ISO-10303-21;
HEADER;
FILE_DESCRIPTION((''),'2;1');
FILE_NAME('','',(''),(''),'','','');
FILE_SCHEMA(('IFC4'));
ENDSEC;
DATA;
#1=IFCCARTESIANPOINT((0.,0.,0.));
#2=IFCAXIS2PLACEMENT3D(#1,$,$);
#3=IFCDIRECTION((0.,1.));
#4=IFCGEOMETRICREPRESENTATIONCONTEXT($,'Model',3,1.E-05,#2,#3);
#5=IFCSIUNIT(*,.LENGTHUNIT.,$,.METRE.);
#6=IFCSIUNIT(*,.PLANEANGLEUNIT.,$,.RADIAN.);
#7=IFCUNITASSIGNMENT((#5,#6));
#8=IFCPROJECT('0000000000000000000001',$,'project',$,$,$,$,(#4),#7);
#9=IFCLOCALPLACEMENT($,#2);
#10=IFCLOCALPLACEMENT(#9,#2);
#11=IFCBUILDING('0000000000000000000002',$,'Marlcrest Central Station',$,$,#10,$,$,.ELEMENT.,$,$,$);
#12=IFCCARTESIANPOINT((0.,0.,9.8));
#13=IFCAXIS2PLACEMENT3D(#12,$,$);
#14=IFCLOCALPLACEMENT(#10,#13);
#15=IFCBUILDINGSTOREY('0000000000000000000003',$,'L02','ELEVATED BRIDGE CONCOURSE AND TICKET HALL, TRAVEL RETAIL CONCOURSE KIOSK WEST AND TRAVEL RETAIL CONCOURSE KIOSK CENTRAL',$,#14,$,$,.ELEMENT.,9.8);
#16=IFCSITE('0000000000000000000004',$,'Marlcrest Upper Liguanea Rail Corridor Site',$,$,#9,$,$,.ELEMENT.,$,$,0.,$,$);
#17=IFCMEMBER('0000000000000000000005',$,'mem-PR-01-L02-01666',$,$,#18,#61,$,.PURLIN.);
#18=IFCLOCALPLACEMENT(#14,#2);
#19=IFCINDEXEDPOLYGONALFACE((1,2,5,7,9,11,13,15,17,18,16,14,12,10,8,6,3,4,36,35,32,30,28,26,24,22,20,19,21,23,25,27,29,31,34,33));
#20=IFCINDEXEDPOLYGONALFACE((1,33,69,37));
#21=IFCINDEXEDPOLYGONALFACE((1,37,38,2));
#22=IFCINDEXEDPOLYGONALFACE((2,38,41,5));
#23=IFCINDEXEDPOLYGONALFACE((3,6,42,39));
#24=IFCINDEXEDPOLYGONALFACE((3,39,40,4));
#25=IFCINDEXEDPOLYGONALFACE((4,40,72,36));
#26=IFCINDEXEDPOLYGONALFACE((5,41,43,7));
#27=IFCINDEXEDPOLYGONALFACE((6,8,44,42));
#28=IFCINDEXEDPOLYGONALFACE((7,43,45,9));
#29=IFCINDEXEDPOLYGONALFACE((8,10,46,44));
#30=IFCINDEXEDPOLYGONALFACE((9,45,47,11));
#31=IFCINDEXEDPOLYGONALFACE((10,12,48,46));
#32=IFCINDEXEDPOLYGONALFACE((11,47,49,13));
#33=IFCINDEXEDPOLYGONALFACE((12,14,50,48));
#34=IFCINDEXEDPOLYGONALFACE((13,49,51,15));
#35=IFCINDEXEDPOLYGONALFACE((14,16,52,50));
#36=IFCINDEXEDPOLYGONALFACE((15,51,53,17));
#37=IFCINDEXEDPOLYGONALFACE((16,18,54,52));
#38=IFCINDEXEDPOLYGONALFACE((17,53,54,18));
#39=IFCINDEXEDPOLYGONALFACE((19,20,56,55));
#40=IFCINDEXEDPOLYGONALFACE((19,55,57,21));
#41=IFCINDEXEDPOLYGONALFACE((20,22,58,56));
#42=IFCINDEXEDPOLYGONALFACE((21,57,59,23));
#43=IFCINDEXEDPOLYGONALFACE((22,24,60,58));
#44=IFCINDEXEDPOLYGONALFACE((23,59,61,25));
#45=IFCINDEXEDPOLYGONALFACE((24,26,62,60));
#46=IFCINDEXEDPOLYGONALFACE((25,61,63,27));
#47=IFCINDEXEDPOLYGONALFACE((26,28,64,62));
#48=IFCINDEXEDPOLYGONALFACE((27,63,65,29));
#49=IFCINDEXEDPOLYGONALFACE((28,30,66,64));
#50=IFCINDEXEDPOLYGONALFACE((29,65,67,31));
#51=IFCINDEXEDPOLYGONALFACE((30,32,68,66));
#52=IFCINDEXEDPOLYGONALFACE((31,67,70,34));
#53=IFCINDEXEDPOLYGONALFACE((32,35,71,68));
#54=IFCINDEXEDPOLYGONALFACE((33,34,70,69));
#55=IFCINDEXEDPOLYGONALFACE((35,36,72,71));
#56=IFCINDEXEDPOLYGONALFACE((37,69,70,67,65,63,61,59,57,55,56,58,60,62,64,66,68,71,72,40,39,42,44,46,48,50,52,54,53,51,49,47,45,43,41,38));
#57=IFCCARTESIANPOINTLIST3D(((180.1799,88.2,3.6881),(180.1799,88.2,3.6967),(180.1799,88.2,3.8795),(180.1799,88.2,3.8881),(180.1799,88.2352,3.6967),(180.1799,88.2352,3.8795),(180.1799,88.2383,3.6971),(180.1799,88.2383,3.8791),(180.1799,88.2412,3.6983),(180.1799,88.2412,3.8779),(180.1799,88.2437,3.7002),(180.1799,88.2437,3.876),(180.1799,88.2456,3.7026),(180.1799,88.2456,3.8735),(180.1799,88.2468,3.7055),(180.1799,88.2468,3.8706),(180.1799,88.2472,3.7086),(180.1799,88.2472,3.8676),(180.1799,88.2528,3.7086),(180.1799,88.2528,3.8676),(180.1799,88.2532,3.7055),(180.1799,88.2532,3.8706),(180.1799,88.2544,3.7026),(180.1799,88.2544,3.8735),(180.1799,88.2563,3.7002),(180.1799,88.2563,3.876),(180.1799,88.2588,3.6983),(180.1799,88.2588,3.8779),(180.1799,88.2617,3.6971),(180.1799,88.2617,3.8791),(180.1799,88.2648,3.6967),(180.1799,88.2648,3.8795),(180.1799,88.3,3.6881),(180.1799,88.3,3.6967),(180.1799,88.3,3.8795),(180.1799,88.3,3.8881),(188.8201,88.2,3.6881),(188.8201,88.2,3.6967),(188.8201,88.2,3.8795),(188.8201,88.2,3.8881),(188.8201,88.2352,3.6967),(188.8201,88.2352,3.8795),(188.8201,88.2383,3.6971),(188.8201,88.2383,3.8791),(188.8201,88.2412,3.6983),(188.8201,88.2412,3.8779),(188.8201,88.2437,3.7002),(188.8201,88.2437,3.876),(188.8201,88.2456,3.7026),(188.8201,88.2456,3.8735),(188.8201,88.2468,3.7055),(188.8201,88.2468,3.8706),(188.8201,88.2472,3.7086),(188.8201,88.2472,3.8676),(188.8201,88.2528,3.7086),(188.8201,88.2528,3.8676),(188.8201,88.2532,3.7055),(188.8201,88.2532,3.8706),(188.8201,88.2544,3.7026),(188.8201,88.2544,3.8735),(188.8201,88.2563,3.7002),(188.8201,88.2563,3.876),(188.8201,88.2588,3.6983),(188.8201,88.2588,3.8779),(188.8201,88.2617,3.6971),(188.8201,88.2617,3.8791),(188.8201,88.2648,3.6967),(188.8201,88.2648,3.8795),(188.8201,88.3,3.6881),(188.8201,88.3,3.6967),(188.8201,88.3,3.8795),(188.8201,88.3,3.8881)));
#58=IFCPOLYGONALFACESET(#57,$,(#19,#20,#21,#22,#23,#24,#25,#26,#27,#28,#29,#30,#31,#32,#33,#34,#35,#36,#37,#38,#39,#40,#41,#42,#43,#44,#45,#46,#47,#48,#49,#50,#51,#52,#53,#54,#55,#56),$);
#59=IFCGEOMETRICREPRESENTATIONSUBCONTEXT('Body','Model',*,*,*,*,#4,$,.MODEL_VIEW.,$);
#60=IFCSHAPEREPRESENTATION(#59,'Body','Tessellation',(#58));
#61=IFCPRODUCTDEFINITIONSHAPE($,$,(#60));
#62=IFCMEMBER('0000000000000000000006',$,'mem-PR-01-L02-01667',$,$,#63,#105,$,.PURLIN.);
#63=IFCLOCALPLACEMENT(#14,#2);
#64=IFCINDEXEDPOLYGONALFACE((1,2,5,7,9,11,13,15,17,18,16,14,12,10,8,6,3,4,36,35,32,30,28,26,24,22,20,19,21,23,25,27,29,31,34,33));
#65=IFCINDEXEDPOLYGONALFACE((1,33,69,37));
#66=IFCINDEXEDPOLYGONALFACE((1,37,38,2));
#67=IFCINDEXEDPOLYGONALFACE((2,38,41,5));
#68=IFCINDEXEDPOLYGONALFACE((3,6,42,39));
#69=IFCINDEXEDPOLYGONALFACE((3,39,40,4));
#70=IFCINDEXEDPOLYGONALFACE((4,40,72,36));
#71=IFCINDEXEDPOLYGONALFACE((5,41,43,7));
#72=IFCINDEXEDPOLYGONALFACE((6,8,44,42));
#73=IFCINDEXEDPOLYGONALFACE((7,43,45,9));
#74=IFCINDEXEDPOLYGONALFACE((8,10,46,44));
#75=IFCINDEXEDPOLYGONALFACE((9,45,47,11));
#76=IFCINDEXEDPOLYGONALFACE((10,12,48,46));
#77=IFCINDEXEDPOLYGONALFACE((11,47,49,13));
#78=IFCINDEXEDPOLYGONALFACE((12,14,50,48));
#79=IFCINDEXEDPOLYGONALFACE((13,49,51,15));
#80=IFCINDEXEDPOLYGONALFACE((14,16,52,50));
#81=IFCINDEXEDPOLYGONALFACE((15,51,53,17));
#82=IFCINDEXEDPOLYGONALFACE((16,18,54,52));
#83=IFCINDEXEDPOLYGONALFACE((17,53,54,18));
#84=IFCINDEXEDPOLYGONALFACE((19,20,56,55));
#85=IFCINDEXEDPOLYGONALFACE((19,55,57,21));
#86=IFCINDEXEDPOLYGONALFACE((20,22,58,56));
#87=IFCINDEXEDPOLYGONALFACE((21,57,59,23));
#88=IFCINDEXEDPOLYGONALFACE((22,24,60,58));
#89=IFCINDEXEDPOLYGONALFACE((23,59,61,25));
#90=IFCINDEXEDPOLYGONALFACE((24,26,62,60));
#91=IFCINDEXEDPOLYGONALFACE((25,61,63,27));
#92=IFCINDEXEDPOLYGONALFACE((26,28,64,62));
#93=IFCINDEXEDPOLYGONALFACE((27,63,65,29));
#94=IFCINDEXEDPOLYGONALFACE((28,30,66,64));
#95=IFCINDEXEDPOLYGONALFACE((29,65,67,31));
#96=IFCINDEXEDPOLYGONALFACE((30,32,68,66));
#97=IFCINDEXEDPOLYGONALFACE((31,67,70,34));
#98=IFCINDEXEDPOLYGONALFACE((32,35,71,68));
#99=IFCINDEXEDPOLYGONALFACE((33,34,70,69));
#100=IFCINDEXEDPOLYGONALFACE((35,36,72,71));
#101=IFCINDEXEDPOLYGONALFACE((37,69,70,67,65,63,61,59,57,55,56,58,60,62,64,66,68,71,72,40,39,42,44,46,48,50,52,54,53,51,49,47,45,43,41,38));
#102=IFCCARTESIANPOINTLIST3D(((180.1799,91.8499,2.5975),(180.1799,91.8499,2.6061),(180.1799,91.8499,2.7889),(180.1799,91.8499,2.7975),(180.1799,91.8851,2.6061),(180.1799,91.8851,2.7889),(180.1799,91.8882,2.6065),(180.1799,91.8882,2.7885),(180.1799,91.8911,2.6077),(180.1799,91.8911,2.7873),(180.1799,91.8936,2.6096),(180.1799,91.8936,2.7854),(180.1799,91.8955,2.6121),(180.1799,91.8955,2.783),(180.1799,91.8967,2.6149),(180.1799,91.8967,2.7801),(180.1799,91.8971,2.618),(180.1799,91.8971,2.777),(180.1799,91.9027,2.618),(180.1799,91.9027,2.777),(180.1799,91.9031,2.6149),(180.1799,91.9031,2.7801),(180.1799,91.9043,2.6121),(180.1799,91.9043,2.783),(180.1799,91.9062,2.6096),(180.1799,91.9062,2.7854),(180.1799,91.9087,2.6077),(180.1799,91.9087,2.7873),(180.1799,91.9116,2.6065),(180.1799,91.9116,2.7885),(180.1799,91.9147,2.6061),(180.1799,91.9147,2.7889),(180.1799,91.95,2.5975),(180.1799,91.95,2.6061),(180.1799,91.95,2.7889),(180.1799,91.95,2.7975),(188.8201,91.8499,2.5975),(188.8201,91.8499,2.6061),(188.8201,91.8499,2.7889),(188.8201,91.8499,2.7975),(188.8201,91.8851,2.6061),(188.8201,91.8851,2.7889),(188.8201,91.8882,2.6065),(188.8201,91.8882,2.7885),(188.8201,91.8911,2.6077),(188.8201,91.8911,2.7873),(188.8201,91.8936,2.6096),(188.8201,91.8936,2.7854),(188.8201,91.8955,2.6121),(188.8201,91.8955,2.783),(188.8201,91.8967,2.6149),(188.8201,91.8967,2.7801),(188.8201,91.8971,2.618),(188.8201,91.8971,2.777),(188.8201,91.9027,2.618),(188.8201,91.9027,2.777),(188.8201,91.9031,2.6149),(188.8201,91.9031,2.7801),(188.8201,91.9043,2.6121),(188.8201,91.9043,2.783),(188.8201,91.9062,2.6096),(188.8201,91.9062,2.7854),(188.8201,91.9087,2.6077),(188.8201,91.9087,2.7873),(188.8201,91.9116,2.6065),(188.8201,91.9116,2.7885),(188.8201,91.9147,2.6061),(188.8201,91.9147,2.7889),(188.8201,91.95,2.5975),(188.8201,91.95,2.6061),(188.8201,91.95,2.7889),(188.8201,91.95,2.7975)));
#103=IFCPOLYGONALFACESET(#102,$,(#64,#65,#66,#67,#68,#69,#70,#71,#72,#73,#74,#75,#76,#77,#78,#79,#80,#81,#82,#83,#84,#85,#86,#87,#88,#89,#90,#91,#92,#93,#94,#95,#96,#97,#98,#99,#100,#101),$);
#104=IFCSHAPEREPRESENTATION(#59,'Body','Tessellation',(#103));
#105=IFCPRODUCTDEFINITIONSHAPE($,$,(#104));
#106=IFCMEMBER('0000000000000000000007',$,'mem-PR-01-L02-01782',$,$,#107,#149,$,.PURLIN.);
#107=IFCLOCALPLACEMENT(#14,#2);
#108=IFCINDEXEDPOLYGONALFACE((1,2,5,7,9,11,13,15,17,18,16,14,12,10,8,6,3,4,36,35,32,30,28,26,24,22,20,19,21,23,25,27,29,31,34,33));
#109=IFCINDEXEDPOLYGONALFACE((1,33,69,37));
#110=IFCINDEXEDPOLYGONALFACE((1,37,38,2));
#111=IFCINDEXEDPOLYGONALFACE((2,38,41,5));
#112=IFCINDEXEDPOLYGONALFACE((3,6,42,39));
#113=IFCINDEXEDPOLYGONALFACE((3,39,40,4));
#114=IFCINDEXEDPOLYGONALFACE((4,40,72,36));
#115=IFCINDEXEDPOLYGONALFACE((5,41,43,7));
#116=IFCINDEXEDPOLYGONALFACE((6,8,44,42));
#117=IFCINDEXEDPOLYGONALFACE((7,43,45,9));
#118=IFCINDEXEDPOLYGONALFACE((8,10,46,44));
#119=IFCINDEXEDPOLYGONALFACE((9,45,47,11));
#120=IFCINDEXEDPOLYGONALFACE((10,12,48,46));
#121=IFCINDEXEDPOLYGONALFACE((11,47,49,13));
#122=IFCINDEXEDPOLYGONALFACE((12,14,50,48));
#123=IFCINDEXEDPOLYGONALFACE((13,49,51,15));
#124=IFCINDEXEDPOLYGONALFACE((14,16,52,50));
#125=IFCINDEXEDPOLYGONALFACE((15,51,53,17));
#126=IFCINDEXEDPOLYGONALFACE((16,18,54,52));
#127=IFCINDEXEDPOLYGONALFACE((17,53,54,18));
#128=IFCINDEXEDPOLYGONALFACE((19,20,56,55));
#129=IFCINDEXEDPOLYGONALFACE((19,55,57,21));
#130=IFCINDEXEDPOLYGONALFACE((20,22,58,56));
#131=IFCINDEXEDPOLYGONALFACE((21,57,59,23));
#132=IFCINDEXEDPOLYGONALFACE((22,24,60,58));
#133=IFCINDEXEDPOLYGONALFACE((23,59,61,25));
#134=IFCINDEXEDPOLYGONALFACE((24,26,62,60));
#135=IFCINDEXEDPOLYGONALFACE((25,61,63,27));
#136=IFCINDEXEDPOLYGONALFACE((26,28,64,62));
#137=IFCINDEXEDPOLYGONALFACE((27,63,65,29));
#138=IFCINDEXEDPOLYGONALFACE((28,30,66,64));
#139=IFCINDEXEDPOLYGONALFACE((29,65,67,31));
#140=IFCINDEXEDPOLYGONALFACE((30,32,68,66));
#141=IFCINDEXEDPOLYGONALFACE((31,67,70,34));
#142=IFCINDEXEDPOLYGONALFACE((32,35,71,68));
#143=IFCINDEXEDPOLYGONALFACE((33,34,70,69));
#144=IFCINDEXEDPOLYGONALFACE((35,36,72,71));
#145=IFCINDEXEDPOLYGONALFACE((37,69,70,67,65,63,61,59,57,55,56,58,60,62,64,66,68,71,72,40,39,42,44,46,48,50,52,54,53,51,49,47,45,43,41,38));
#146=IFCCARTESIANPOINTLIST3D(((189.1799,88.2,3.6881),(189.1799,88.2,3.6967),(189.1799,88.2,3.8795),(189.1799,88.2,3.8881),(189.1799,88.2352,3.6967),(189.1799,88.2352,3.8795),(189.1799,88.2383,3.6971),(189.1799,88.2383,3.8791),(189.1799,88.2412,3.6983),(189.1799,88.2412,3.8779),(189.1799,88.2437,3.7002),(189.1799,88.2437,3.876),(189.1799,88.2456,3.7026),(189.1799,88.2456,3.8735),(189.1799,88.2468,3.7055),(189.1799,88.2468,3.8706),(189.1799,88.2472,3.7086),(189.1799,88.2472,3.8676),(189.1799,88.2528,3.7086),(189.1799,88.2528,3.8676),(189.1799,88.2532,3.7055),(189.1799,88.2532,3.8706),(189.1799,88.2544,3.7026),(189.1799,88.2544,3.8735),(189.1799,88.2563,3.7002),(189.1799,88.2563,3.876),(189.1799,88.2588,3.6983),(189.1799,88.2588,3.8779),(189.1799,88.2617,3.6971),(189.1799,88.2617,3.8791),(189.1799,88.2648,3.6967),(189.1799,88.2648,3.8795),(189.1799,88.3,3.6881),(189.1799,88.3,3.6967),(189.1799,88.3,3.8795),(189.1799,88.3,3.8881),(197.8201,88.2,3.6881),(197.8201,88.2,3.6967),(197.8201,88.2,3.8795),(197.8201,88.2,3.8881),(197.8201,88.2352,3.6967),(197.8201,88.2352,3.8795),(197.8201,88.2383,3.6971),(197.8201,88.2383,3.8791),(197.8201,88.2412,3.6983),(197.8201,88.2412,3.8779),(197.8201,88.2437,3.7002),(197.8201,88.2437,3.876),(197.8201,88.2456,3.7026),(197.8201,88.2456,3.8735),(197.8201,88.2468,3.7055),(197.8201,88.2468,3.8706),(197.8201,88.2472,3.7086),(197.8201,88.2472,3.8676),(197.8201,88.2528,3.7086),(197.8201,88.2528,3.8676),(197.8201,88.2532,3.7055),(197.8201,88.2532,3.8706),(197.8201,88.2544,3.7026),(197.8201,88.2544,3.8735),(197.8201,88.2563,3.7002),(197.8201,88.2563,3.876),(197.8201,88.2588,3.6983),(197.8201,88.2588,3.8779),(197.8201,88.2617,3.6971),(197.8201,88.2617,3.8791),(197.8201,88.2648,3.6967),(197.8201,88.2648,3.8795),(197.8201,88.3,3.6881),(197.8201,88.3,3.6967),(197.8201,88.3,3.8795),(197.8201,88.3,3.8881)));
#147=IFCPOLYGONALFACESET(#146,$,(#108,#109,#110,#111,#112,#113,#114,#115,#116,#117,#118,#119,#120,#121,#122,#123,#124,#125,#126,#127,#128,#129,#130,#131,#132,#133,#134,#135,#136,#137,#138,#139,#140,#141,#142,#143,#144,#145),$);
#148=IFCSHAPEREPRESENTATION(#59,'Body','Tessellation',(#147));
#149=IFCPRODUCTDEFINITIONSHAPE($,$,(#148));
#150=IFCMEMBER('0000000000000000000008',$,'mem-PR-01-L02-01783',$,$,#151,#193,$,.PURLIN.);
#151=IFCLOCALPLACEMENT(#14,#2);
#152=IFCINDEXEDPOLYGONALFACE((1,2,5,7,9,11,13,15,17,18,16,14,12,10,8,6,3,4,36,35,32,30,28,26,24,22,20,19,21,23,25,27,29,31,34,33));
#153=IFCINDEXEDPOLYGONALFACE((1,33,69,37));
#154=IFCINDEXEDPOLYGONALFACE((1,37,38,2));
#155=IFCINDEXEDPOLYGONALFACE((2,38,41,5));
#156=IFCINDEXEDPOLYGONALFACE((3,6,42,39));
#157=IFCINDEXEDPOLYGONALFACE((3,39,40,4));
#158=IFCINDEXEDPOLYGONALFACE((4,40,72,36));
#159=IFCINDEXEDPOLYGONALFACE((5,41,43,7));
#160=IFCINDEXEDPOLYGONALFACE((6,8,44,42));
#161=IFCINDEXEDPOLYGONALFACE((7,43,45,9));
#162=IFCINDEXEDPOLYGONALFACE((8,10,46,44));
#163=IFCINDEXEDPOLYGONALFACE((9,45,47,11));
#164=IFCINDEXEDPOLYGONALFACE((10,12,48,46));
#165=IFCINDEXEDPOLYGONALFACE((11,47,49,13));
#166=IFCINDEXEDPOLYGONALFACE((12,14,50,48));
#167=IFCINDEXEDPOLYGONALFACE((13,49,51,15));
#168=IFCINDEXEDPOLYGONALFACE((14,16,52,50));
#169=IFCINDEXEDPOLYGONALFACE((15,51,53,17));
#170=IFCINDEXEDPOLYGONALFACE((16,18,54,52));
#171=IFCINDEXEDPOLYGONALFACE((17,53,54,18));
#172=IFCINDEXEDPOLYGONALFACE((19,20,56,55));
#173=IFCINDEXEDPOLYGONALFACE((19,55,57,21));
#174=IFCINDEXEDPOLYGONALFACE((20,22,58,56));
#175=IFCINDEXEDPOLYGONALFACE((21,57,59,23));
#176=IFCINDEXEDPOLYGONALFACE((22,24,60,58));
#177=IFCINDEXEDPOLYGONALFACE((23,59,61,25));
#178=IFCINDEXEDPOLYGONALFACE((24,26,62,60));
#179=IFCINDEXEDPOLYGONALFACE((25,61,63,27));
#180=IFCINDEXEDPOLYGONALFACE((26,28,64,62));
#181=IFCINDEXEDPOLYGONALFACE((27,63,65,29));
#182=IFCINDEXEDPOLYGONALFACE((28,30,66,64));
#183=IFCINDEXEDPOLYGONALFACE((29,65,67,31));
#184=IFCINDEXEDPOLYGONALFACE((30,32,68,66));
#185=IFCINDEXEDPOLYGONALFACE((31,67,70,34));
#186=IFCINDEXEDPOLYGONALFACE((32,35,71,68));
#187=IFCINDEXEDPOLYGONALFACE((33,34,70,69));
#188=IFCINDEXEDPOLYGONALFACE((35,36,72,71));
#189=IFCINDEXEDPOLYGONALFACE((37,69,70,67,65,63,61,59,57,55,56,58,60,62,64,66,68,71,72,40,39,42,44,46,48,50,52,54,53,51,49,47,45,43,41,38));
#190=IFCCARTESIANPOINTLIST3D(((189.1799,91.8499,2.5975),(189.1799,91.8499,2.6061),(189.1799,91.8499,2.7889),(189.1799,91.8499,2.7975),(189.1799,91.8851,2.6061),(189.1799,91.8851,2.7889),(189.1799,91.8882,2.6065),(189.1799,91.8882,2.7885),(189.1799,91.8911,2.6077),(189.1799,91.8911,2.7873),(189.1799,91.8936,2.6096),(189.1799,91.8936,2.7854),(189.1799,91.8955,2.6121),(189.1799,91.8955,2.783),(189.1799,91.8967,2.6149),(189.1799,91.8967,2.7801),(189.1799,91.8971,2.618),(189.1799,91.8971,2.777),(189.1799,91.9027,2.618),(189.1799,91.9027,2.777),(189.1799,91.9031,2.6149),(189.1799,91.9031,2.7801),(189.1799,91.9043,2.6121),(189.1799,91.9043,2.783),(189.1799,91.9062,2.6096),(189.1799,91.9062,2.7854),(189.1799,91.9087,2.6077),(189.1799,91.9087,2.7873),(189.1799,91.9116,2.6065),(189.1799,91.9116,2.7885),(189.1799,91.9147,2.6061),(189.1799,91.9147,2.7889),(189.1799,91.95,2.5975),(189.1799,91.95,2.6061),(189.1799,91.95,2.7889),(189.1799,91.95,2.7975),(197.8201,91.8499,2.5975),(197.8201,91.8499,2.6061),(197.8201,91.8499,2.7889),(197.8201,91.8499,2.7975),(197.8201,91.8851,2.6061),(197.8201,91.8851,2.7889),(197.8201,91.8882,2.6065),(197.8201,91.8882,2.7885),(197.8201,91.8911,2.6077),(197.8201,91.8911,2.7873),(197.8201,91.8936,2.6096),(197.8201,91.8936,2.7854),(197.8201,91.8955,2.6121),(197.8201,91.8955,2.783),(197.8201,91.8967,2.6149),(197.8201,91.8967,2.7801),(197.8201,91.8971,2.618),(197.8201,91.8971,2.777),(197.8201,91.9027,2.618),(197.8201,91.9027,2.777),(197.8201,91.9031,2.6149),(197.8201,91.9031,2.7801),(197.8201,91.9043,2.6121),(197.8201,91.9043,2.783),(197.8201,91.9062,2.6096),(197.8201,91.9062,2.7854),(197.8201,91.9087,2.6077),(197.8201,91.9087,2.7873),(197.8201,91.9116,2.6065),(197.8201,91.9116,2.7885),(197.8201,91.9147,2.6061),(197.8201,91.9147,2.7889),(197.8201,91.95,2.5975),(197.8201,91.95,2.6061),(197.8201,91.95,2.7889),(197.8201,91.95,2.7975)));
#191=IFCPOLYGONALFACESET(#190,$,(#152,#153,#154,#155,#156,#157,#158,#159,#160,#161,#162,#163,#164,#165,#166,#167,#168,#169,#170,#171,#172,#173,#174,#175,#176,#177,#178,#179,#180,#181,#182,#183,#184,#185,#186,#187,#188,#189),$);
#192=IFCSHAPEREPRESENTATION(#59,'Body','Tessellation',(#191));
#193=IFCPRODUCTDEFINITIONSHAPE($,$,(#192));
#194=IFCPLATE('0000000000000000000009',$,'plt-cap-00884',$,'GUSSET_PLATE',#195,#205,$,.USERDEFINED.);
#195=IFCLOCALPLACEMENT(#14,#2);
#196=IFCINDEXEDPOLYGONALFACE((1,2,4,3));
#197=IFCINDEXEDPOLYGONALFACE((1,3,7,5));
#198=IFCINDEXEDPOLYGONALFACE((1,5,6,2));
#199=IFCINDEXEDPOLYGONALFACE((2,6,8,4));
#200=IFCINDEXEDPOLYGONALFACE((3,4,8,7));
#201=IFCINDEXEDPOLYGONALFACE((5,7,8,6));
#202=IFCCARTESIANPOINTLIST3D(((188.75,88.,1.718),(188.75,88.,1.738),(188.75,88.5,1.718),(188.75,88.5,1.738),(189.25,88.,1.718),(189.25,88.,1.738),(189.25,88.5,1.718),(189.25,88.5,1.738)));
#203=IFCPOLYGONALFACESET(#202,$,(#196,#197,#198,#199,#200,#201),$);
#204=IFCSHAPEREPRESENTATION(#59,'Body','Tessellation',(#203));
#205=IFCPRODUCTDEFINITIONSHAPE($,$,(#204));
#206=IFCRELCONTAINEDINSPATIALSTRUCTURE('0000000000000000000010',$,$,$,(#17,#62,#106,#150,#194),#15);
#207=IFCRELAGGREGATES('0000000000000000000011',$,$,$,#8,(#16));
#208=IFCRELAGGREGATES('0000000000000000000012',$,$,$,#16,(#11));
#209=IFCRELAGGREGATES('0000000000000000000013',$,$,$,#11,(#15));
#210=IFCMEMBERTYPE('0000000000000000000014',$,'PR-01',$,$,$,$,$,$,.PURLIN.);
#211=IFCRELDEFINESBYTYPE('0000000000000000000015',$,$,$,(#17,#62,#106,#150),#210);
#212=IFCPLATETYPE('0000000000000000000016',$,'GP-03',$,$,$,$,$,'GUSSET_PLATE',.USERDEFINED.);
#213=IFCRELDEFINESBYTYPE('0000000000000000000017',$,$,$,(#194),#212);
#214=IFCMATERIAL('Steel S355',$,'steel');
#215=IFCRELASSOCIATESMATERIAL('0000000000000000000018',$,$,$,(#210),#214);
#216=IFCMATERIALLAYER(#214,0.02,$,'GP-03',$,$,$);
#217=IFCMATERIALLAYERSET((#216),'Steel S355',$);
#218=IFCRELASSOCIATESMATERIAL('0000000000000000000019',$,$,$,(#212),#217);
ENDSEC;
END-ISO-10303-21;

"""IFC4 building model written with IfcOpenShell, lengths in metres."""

from ifc_helpers import new_model, si_unit, direction, frame, origin, origin_2d, place, context, subcontext, project, spatial, rectangle, i_section, extrude, material, layer, layer_set, material_profile, profile_set, type_object, element, save


model = new_model("IFC4")

# Units and contexts
model_context = context("Model", 3, precision=1e-05, world=origin(), true_north=direction((0.0, 1.0)))
body_context = subcontext(model_context, "Body", "Model", "MODEL_VIEW")
ifc_project = project(units=[si_unit("LENGTHUNIT", "METRE"), si_unit("PLANEANGLEUNIT", "RADIAN")], contexts=[model_context])

# Site, building, storey
site_placement = place(None, origin())
site = spatial("IfcSite", under=ifc_project, at=site_placement, Name="Marlcrest Upper Liguanea Rail Corridor Site", CompositionType="ELEMENT", RefElevation=0.0)
building_placement = place(site_placement, origin())
building = spatial("IfcBuilding", under=site, at=building_placement, Name="Marlcrest Central Station", CompositionType="ELEMENT")
storey_placement = place(building_placement, frame((0.0, 0.0, 9.8)))
storey = spatial("IfcBuildingStorey", under=building, at=storey_placement, Name="L02", Description="ELEVATED BRIDGE CONCOURSE AND TICKET HALL, TRAVEL RETAIL CONCOURSE KIOSK WEST AND TRAVEL RETAIL CONCOURSE KIOSK CENTRAL", CompositionType="ELEMENT", Elevation=9.8)

# Members
ifc_material_1 = material(Name="Steel S355", Category="steel")
ifc_material_profile_1 = material_profile(ifc_material_1, i_section(OverallWidth=0.1001, OverallDepth=0.2, WebThickness=0.0056, FlangeThickness=0.0085, FilletRadius=0.012, at=origin_2d()), Name="IPE 200")
ifc_profile_set_1 = profile_set([ifc_material_profile_1], Name="Steel S355")
member_type_1 = type_object("IfcMemberType", Name="PR-01", PredefinedType="PURLIN", material=ifc_profile_set_1)
for number, where, z_axis, x_axis, name in (
    (1, (180.1799, 88.25, 3.7881), (1.0, 0.0, 0.0), (0.0, 1.0, 0.0), "mem-PR-01-L02-01666"),
    (2, (180.1799, 91.8999, 2.6975), (1.0, 0.0, 0.0), (0.0, 1.0, 0.0), "mem-PR-01-L02-01667"),
    (3, (189.1799, 88.25, 3.7881), (1.0, 0.0, 0.0), (0.0, 1.0, 0.0), "mem-PR-01-L02-01782"),
    (4, (189.1799, 91.8999, 2.6975), (1.0, 0.0, 0.0), (0.0, 1.0, 0.0), "mem-PR-01-L02-01783"),
):
    element("IfcMember", number, at=place(storey_placement, frame(where, z_axis=z_axis, x_axis=x_axis)), inside=storey, type_object=member_type_1, Name=name, PredefinedType="PURLIN", context=body_context, shape_type="SweptSolid", body=[
        extrude(i_section(OverallWidth=0.1001, OverallDepth=0.2, WebThickness=0.0056, FlangeThickness=0.0085, FilletRadius=0.012, at=origin_2d()), origin(), (0.0, 0.0, 1.0), 8.6401),
    ])

# Plate
ifc_layer_1 = layer(ifc_material_1, 0.02, Name="GP-03")
ifc_layer_set_1 = layer_set([ifc_layer_1], Name="Steel S355")
plate_type = type_object("IfcPlateType", Name="GP-03", ElementType="GUSSET_PLATE", PredefinedType="USERDEFINED", material=ifc_layer_set_1)
for number, where, z_axis, x_axis, name in (
    (5, (189.0, 88.25, 1.718), (0.0, 0.0, 1.0), (1.0, 0.0, 0.0), "plt-cap-00884"),
):
    element("IfcPlate", number, at=place(storey_placement, frame(where, z_axis=z_axis, x_axis=x_axis)), inside=storey, type_object=plate_type, Name=name, ObjectType="GUSSET_PLATE", PredefinedType="USERDEFINED", context=body_context, shape_type="SweptSolid", body=[
        extrude(rectangle(XDim=0.5, YDim=0.5, at=origin_2d()), origin(), (0.0, 0.0, 1.0), 0.02),
    ])

save(model, "model.ifc")
